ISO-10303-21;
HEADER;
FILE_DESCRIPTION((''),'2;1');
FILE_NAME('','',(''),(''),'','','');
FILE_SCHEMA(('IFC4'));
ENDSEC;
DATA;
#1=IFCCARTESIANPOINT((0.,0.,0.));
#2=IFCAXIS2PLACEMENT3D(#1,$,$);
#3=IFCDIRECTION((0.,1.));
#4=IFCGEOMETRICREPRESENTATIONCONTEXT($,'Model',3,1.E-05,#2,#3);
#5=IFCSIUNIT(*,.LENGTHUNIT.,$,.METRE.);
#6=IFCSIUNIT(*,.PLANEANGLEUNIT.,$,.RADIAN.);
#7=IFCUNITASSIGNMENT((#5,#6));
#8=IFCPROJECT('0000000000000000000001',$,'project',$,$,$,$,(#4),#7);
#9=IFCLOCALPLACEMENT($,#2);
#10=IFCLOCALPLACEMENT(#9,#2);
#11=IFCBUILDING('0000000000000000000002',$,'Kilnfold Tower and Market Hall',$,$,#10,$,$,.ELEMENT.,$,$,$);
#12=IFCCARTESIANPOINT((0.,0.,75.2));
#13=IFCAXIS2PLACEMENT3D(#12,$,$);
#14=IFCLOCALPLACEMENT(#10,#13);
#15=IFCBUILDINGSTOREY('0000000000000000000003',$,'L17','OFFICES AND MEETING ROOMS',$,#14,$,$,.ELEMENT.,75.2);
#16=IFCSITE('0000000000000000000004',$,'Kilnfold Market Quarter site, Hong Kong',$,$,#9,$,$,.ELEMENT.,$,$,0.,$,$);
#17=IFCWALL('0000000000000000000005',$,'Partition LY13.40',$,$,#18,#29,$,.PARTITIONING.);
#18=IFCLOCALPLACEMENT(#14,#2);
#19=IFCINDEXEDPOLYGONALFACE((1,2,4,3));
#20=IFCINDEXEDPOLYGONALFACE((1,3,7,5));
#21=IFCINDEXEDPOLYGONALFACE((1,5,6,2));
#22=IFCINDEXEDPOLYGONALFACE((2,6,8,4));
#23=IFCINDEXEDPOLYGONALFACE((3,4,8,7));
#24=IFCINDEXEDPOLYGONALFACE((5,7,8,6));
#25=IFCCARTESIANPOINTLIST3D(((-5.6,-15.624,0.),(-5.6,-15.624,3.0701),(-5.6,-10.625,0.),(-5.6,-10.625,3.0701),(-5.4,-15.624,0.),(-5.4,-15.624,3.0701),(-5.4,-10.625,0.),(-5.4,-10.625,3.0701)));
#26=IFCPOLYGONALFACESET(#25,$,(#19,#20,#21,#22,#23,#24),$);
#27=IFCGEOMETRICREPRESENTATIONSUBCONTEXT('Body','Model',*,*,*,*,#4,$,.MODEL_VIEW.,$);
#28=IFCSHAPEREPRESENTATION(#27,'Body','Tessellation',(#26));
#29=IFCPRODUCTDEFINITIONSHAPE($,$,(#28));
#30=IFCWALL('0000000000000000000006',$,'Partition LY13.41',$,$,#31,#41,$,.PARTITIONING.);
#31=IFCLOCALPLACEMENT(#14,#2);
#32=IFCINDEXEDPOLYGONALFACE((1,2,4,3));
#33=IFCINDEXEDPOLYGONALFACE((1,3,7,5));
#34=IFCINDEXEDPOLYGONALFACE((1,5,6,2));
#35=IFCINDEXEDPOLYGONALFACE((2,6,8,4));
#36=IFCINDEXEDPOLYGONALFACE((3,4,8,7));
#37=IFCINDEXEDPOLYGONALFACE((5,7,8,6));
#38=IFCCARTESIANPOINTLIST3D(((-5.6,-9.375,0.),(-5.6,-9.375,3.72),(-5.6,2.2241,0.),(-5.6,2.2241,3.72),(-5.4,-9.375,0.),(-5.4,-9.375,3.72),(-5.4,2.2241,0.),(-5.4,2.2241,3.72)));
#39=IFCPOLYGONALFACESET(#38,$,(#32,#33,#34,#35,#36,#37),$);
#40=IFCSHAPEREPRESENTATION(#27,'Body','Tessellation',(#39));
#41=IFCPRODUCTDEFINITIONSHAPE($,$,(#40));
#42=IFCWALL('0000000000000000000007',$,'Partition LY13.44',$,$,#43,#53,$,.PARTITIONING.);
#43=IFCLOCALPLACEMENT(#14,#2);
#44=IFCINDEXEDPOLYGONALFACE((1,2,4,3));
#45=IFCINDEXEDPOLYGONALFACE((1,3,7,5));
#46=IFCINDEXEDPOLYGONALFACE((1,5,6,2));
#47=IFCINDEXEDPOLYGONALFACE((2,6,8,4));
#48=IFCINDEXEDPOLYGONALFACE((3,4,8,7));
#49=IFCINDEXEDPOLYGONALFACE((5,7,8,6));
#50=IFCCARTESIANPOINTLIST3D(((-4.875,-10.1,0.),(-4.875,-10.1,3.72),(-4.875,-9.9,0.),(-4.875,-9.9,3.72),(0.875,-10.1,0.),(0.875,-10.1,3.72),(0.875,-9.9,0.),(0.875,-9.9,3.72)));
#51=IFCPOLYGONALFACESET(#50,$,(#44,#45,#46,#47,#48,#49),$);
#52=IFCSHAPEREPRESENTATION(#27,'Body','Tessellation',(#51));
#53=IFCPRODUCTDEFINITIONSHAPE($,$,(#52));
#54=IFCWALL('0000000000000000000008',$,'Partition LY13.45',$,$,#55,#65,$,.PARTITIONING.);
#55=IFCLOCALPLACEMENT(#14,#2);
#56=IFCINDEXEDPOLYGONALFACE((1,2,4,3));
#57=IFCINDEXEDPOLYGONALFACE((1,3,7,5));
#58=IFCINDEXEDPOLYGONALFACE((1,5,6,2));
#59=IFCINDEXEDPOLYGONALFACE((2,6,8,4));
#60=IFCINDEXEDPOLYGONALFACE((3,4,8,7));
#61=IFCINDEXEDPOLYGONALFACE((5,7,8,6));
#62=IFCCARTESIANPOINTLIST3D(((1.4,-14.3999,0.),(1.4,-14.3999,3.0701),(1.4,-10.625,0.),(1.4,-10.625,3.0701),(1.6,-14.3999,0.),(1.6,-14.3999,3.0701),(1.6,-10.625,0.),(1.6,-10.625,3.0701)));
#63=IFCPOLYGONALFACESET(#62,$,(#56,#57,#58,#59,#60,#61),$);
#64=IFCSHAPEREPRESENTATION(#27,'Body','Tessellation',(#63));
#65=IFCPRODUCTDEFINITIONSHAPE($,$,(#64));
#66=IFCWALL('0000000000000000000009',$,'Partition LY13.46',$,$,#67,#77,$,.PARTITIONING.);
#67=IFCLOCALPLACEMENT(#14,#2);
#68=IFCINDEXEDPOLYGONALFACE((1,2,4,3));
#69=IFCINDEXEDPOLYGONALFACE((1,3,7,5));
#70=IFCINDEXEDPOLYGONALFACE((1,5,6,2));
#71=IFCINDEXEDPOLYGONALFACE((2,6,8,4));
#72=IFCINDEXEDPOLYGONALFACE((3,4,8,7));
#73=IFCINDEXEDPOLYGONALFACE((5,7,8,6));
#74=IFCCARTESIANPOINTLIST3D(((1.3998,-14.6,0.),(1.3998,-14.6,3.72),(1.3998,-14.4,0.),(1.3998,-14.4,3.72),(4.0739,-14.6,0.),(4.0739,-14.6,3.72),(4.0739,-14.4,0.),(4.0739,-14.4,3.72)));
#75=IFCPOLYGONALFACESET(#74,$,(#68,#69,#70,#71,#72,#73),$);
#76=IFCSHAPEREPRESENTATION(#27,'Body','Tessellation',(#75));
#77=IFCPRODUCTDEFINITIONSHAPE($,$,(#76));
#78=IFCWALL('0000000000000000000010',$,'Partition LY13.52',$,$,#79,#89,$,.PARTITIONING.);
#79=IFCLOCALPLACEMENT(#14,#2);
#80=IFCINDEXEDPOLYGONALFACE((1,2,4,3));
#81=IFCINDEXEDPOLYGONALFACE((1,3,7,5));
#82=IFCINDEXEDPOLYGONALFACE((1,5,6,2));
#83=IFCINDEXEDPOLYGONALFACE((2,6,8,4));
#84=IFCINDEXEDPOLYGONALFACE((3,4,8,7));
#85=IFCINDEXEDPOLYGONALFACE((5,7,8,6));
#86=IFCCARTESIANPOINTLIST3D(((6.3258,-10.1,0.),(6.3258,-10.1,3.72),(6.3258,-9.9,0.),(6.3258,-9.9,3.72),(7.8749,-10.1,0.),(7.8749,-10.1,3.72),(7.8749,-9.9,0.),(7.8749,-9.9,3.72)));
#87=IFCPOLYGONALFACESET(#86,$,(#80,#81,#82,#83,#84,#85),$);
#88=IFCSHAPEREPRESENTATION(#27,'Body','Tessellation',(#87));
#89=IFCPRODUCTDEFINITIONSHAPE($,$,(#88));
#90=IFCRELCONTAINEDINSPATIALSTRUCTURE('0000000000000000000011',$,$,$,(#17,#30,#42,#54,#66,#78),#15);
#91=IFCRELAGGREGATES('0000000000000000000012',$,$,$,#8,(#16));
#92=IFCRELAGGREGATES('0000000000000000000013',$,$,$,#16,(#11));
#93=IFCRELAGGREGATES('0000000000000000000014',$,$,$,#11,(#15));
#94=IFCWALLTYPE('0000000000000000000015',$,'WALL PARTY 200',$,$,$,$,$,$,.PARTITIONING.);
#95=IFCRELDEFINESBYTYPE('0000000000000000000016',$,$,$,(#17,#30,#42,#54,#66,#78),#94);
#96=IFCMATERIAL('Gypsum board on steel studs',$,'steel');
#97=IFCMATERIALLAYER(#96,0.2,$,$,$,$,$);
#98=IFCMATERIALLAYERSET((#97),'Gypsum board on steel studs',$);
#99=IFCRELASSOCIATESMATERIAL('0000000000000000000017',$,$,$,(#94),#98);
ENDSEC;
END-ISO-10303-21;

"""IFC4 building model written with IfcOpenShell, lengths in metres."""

from ifc_helpers import new_model, si_unit, direction, frame, frame_2d, origin, place, context, subcontext, project, spatial, rectangle, extrude, material, layer, layer_set, type_object, element, save


model = new_model("IFC4")

# Units and contexts
model_context = context("Model", 3, precision=1e-05, world=origin(), true_north=direction((0.0, 1.0)))
body_context = subcontext(model_context, "Body", "Model", "MODEL_VIEW")
ifc_project = project(units=[si_unit("LENGTHUNIT", "METRE"), si_unit("PLANEANGLEUNIT", "RADIAN")], contexts=[model_context])

# Site, building, storey
site_placement = place(None, origin())
site = spatial("IfcSite", under=ifc_project, at=site_placement, Name="Kilnfold Market Quarter site, Hong Kong", CompositionType="ELEMENT", RefElevation=0.0)
building_placement = place(site_placement, origin())
building = spatial("IfcBuilding", under=site, at=building_placement, Name="Kilnfold Tower and Market Hall", CompositionType="ELEMENT")
storey_placement = place(building_placement, frame((0.0, 0.0, 75.2)))
storey = spatial("IfcBuildingStorey", under=building, at=storey_placement, Name="L17", Description="OFFICES AND MEETING ROOMS", CompositionType="ELEMENT", Elevation=75.2)

# Walls
ifc_material_1 = material(Name="Gypsum board on steel studs", Category="steel")
ifc_layer_1 = layer(ifc_material_1, 0.2)
ifc_layer_set_1 = layer_set([ifc_layer_1], Name="Gypsum board on steel studs")
wall_type_1 = type_object("IfcWallType", Name="WALL PARTY 200", PredefinedType="PARTITIONING", material=ifc_layer_set_1)
wall_1_placement = place(storey_placement, frame((-5.5, -15.624, 0.0), z_axis=(0.0, 0.0, 1.0), x_axis=(0.0, 1.0, 0.0)))
element("IfcWall", 1, at=wall_1_placement, inside=storey, type_object=wall_type_1, Name="Partition LY13.40", PredefinedType="PARTITIONING", context=body_context, shape_type="SweptSolid", body=[
    extrude(rectangle(XDim=4.999, YDim=0.2, at=frame_2d((2.4995, 0.0))), origin(), (0.0, 0.0, 1.0), 3.0701),
])
wall_2_placement = place(storey_placement, frame((-5.5, -9.375, 0.0), z_axis=(0.0, 0.0, 1.0), x_axis=(0.0, 1.0, 0.0)))
element("IfcWall", 2, at=wall_2_placement, inside=storey, type_object=wall_type_1, Name="Partition LY13.41", PredefinedType="PARTITIONING", context=body_context, shape_type="SweptSolid", body=[
    extrude(rectangle(XDim=11.5991, YDim=0.2, at=frame_2d((5.7996, 0.0))), origin(), (0.0, 0.0, 1.0), 3.72),
])
wall_3_placement = place(storey_placement, frame((-4.875, -10.0, 0.0), z_axis=(0.0, 0.0, 1.0), x_axis=(1.0, 0.0, 0.0)))
element("IfcWall", 3, at=wall_3_placement, inside=storey, type_object=wall_type_1, Name="Partition LY13.44", PredefinedType="PARTITIONING", context=body_context, shape_type="SweptSolid", body=[
    extrude(rectangle(XDim=5.75, YDim=0.2, at=frame_2d((2.875, 0.0))), origin(), (0.0, 0.0, 1.0), 3.72),
])
wall_4_placement = place(storey_placement, frame((1.5, -14.3999, 0.0), z_axis=(0.0, 0.0, 1.0), x_axis=(0.0, 1.0, 0.0)))
element("IfcWall", 4, at=wall_4_placement, inside=storey, type_object=wall_type_1, Name="Partition LY13.45", PredefinedType="PARTITIONING", context=body_context, shape_type="SweptSolid", body=[
    extrude(rectangle(XDim=3.7749, YDim=0.2, at=frame_2d((1.8875, 0.0))), origin(), (0.0, 0.0, 1.0), 3.0701),
])
wall_5_placement = place(storey_placement, frame((1.3999, -14.5, 0.0), z_axis=(0.0, 0.0, 1.0), x_axis=(1.0, 0.0, 0.0)))
element("IfcWall", 5, at=wall_5_placement, inside=storey, type_object=wall_type_1, Name="Partition LY13.46", PredefinedType="PARTITIONING", context=body_context, shape_type="SweptSolid", body=[
    extrude(rectangle(XDim=2.6741, YDim=0.2, at=frame_2d((1.3369, 0.0))), origin(), (0.0, 0.0, 1.0), 3.72),
])
wall_6_placement = place(storey_placement, frame((6.3259, -10.0, 0.0), z_axis=(0.0, 0.0, 1.0), x_axis=(1.0, 0.0, 0.0)))
element("IfcWall", 6, at=wall_6_placement, inside=storey, type_object=wall_type_1, Name="Partition LY13.52", PredefinedType="PARTITIONING", context=body_context, shape_type="SweptSolid", body=[
    extrude(rectangle(XDim=1.5491, YDim=0.2, at=frame_2d((0.7744, 0.0))), origin(), (0.0, 0.0, 1.0), 3.72),
])

save(model, "model.ifc")
